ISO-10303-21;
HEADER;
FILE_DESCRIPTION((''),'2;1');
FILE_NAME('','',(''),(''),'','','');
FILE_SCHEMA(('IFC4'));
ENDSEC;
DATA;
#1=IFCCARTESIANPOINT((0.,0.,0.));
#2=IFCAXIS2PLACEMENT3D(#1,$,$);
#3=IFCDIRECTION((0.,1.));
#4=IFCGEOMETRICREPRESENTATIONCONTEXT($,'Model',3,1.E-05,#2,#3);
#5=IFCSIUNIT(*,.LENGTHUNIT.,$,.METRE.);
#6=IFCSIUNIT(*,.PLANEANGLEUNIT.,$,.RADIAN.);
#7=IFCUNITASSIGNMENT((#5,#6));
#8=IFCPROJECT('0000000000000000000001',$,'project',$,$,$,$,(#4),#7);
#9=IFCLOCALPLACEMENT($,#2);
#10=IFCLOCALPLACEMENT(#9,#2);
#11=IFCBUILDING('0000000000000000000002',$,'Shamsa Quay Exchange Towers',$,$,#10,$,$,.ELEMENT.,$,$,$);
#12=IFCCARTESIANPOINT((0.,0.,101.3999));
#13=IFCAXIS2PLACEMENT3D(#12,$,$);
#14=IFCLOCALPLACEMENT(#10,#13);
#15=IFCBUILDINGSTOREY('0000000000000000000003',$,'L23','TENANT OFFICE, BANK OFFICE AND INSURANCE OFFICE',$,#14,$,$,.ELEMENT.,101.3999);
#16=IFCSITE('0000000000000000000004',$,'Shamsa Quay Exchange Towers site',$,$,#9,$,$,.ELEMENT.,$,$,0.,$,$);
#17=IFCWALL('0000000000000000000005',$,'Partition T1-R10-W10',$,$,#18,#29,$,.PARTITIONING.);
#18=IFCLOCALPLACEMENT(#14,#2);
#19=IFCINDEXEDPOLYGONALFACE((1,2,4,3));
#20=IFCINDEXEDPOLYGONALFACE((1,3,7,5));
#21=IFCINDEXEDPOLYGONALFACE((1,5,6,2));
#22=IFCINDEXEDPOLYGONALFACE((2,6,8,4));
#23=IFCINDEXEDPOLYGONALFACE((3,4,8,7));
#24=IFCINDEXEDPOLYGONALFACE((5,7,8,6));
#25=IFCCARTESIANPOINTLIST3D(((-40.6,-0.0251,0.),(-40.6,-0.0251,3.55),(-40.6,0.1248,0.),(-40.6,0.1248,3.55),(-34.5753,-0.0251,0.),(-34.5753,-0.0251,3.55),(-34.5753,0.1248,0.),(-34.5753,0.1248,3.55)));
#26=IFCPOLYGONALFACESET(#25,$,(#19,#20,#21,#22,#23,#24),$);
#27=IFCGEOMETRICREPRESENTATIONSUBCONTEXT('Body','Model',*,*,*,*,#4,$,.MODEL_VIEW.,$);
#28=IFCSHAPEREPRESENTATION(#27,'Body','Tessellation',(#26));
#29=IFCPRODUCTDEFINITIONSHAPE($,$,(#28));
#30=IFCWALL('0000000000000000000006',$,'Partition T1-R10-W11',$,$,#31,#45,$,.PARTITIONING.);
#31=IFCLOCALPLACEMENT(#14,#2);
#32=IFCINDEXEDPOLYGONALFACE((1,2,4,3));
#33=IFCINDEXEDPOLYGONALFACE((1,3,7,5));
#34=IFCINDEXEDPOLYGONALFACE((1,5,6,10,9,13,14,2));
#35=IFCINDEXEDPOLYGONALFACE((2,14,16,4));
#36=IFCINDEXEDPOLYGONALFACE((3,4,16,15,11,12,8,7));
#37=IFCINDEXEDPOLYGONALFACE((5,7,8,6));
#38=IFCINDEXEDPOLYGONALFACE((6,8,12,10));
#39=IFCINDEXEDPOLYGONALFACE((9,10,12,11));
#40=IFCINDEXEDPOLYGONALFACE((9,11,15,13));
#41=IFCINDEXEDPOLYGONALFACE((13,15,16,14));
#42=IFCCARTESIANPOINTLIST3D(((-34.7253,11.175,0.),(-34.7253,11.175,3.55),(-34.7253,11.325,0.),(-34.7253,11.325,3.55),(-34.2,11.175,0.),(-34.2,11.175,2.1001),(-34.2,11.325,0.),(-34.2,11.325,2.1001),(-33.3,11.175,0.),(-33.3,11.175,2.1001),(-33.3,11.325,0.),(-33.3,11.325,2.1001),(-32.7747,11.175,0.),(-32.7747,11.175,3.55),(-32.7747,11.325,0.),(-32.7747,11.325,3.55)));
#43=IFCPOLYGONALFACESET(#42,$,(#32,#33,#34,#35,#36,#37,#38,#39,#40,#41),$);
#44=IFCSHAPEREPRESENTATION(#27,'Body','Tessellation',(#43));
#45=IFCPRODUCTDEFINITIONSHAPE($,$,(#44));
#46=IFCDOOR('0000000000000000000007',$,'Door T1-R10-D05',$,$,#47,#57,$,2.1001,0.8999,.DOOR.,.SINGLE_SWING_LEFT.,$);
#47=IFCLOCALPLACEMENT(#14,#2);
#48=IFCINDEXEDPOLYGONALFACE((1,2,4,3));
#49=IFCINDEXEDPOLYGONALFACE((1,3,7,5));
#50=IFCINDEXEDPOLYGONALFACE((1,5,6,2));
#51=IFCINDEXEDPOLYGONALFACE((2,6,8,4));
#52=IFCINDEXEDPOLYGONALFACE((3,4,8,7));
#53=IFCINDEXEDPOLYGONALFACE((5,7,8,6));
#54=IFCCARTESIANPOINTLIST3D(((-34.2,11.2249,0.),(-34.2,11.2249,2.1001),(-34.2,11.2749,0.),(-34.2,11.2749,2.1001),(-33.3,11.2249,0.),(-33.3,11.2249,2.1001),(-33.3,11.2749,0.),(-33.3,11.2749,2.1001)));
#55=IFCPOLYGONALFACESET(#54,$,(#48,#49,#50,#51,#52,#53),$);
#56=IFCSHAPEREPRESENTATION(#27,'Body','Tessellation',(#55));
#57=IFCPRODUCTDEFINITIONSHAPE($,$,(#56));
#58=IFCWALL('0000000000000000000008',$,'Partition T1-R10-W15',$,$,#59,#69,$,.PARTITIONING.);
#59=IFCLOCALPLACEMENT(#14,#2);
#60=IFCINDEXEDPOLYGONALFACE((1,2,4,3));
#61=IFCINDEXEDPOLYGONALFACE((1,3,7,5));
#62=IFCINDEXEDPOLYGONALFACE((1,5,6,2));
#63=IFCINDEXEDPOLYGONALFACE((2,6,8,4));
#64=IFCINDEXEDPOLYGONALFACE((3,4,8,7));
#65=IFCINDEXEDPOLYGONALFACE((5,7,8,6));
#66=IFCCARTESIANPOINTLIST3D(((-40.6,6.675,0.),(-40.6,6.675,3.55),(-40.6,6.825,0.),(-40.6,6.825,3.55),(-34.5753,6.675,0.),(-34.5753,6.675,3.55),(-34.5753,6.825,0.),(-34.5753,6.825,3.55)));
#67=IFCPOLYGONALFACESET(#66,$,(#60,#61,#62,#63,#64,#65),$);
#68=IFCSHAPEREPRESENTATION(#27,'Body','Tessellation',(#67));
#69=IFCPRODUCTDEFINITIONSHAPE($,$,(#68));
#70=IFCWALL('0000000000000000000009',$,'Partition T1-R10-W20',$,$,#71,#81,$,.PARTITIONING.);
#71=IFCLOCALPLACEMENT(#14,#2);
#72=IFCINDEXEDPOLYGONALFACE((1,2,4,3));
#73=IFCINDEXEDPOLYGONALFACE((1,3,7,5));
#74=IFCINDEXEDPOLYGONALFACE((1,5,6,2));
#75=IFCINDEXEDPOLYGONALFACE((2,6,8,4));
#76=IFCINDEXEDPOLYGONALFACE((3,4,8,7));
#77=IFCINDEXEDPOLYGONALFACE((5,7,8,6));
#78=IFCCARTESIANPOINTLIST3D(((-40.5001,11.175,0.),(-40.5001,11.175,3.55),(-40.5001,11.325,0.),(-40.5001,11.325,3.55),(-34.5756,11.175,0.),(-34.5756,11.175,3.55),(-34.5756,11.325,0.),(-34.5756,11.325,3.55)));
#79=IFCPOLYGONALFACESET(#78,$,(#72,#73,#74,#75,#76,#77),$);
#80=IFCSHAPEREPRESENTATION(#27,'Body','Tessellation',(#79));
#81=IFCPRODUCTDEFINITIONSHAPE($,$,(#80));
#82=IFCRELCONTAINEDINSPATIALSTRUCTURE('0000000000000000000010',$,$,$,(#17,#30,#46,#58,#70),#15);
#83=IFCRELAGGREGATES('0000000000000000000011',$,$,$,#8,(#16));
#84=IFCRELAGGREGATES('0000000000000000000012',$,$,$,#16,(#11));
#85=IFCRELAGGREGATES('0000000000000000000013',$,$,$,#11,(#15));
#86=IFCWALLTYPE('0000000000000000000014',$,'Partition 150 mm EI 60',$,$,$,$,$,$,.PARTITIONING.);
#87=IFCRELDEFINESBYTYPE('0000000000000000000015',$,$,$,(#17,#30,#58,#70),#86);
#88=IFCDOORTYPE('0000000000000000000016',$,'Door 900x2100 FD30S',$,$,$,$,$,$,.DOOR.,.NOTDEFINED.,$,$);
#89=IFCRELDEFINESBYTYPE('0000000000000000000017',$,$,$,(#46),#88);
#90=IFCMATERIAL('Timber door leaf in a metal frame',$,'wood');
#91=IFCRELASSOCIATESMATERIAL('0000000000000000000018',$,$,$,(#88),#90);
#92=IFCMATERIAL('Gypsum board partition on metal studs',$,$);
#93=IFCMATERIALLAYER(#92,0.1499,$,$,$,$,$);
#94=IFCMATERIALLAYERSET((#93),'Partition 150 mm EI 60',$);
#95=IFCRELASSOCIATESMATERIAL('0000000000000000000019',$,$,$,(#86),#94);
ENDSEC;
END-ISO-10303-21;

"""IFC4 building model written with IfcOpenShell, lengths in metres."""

from ifc_helpers import new_model, si_unit, direction, frame, frame_2d, origin, place, context, subcontext, project, spatial, rectangle, extrude, material, layer, layer_set, type_object, element, fill, save


model = new_model("IFC4")

# Units and contexts
model_context = context("Model", 3, precision=1e-05, world=origin(), true_north=direction((0.0, 1.0)))
body_context = subcontext(model_context, "Body", "Model", "MODEL_VIEW")
ifc_project = project(units=[si_unit("LENGTHUNIT", "METRE"), si_unit("PLANEANGLEUNIT", "RADIAN")], contexts=[model_context])

# Site, building, storey
site_placement = place(None, origin())
site = spatial("IfcSite", under=ifc_project, at=site_placement, Name="Shamsa Quay Exchange Towers site", CompositionType="ELEMENT", RefElevation=0.0)
building_placement = place(site_placement, origin())
building = spatial("IfcBuilding", under=site, at=building_placement, Name="Shamsa Quay Exchange Towers", CompositionType="ELEMENT")
storey_placement = place(building_placement, frame((0.0, 0.0, 101.3999)))
storey = spatial("IfcBuildingStorey", under=building, at=storey_placement, Name="L23", Description="TENANT OFFICE, BANK OFFICE AND INSURANCE OFFICE", CompositionType="ELEMENT", Elevation=101.3999)

# Shared definitions
ifc_material_1 = material(Name="Timber door leaf in a metal frame", Category="wood")
door_type_1 = type_object("IfcDoorType", Name="Door 900x2100 FD30S", OperationType="NOTDEFINED", PredefinedType="DOOR", material=ifc_material_1)

# Shared definitions
ifc_material_2 = material(Name="Gypsum board partition on metal studs")
ifc_layer_1 = layer(ifc_material_2, 0.1499)
ifc_layer_set_1 = layer_set([ifc_layer_1], Name="Partition 150 mm EI 60")
wall_type_1 = type_object("IfcWallType", Name="Partition 150 mm EI 60", PredefinedType="PARTITIONING", material=ifc_layer_set_1)

# Wall
wall_1_placement = place(storey_placement, frame((-34.5754, 0.0498, 0.0), z_axis=(0.0, 0.0, 1.0), x_axis=(-1.0, 0.0, 0.0)))
element("IfcWall", 1, at=wall_1_placement, inside=storey, type_object=wall_type_1, Name="Partition T1-R10-W10", PredefinedType="PARTITIONING", context=body_context, shape_type="SweptSolid", body=[
    extrude(rectangle(XDim=6.0247, YDim=0.1499, at=frame_2d((3.0122, 0.0))), origin(), (0.0, 0.0, 1.0), 3.55),
])

# Wall, opening, door
wall_2_placement = place(storey_placement, frame((-34.7253, 11.25, 0.0)))
wall_2 = element("IfcWall", 2, at=wall_2_placement, inside=storey, type_object=wall_type_1, Name="Partition T1-R10-W11", PredefinedType="PARTITIONING", context=body_context, shape_type="SweptSolid", body=[
    extrude(rectangle(XDim=1.9507, YDim=0.1499, at=frame_2d((0.9753, 0.0))), origin(), (0.0, 0.0, 1.0), 3.55),
])
opening_1_placement = place(wall_2_placement, frame((0.5254, 0.0, 0.0)))
opening_1 = element("IfcOpeningElement", 3, at=opening_1_placement, cuts=wall_2, PredefinedType="OPENING", context=body_context, shape_type="SweptSolid", body=[
    extrude(rectangle(XDim=0.8999, YDim=2.1001, at=frame_2d((0.45, 1.05))), frame((0.0, 0.085, 0.0), z_axis=(0.0, -1.0, 0.0), x_axis=(1.0, 0.0, 0.0)), (0.0, 0.0, 1.0), 0.1699),
])
door_1_placement = place(opening_1_placement, origin())
door_1 = element("IfcDoor", 4, at=door_1_placement, inside=storey, type_object=door_type_1, Name="Door T1-R10-D05", OperationType="SINGLE_SWING_LEFT", OverallHeight=2.1001, OverallWidth=0.8999, PredefinedType="DOOR", context=body_context, shape_type="SweptSolid", body=[
    extrude(rectangle(XDim=0.8999, YDim=2.1001, at=frame_2d((0.45, 1.05))), frame((0.0, 0.0249, 0.0), z_axis=(0.0, -1.0, 0.0), x_axis=(1.0, 0.0, 0.0)), (0.0, 0.0, 1.0), 0.05),
])
fill(opening_1, door_1)

# Walls
wall_3_placement = place(storey_placement, frame((-34.5754, 6.75, 0.0), z_axis=(0.0, 0.0, 1.0), x_axis=(-1.0, 0.0, 0.0)))
element("IfcWall", 5, at=wall_3_placement, inside=storey, type_object=wall_type_1, Name="Partition T1-R10-W15", PredefinedType="PARTITIONING", context=body_context, shape_type="SweptSolid", body=[
    extrude(rectangle(XDim=6.0247, YDim=0.1499, at=frame_2d((3.0122, 0.0))), origin(), (0.0, 0.0, 1.0), 3.55),
])
wall_4_placement = place(storey_placement, frame((-34.5754, 11.25, 0.0), z_axis=(0.0, 0.0, 1.0), x_axis=(-1.0, 0.0, 0.0)))
element("IfcWall", 6, at=wall_4_placement, inside=storey, type_object=wall_type_1, Name="Partition T1-R10-W20", PredefinedType="PARTITIONING", context=body_context, shape_type="SweptSolid", body=[
    extrude(rectangle(XDim=5.9246, YDim=0.1499, at=frame_2d((2.9624, 0.0))), origin(), (0.0, 0.0, 1.0), 3.55),
])

save(model, "model.ifc")
